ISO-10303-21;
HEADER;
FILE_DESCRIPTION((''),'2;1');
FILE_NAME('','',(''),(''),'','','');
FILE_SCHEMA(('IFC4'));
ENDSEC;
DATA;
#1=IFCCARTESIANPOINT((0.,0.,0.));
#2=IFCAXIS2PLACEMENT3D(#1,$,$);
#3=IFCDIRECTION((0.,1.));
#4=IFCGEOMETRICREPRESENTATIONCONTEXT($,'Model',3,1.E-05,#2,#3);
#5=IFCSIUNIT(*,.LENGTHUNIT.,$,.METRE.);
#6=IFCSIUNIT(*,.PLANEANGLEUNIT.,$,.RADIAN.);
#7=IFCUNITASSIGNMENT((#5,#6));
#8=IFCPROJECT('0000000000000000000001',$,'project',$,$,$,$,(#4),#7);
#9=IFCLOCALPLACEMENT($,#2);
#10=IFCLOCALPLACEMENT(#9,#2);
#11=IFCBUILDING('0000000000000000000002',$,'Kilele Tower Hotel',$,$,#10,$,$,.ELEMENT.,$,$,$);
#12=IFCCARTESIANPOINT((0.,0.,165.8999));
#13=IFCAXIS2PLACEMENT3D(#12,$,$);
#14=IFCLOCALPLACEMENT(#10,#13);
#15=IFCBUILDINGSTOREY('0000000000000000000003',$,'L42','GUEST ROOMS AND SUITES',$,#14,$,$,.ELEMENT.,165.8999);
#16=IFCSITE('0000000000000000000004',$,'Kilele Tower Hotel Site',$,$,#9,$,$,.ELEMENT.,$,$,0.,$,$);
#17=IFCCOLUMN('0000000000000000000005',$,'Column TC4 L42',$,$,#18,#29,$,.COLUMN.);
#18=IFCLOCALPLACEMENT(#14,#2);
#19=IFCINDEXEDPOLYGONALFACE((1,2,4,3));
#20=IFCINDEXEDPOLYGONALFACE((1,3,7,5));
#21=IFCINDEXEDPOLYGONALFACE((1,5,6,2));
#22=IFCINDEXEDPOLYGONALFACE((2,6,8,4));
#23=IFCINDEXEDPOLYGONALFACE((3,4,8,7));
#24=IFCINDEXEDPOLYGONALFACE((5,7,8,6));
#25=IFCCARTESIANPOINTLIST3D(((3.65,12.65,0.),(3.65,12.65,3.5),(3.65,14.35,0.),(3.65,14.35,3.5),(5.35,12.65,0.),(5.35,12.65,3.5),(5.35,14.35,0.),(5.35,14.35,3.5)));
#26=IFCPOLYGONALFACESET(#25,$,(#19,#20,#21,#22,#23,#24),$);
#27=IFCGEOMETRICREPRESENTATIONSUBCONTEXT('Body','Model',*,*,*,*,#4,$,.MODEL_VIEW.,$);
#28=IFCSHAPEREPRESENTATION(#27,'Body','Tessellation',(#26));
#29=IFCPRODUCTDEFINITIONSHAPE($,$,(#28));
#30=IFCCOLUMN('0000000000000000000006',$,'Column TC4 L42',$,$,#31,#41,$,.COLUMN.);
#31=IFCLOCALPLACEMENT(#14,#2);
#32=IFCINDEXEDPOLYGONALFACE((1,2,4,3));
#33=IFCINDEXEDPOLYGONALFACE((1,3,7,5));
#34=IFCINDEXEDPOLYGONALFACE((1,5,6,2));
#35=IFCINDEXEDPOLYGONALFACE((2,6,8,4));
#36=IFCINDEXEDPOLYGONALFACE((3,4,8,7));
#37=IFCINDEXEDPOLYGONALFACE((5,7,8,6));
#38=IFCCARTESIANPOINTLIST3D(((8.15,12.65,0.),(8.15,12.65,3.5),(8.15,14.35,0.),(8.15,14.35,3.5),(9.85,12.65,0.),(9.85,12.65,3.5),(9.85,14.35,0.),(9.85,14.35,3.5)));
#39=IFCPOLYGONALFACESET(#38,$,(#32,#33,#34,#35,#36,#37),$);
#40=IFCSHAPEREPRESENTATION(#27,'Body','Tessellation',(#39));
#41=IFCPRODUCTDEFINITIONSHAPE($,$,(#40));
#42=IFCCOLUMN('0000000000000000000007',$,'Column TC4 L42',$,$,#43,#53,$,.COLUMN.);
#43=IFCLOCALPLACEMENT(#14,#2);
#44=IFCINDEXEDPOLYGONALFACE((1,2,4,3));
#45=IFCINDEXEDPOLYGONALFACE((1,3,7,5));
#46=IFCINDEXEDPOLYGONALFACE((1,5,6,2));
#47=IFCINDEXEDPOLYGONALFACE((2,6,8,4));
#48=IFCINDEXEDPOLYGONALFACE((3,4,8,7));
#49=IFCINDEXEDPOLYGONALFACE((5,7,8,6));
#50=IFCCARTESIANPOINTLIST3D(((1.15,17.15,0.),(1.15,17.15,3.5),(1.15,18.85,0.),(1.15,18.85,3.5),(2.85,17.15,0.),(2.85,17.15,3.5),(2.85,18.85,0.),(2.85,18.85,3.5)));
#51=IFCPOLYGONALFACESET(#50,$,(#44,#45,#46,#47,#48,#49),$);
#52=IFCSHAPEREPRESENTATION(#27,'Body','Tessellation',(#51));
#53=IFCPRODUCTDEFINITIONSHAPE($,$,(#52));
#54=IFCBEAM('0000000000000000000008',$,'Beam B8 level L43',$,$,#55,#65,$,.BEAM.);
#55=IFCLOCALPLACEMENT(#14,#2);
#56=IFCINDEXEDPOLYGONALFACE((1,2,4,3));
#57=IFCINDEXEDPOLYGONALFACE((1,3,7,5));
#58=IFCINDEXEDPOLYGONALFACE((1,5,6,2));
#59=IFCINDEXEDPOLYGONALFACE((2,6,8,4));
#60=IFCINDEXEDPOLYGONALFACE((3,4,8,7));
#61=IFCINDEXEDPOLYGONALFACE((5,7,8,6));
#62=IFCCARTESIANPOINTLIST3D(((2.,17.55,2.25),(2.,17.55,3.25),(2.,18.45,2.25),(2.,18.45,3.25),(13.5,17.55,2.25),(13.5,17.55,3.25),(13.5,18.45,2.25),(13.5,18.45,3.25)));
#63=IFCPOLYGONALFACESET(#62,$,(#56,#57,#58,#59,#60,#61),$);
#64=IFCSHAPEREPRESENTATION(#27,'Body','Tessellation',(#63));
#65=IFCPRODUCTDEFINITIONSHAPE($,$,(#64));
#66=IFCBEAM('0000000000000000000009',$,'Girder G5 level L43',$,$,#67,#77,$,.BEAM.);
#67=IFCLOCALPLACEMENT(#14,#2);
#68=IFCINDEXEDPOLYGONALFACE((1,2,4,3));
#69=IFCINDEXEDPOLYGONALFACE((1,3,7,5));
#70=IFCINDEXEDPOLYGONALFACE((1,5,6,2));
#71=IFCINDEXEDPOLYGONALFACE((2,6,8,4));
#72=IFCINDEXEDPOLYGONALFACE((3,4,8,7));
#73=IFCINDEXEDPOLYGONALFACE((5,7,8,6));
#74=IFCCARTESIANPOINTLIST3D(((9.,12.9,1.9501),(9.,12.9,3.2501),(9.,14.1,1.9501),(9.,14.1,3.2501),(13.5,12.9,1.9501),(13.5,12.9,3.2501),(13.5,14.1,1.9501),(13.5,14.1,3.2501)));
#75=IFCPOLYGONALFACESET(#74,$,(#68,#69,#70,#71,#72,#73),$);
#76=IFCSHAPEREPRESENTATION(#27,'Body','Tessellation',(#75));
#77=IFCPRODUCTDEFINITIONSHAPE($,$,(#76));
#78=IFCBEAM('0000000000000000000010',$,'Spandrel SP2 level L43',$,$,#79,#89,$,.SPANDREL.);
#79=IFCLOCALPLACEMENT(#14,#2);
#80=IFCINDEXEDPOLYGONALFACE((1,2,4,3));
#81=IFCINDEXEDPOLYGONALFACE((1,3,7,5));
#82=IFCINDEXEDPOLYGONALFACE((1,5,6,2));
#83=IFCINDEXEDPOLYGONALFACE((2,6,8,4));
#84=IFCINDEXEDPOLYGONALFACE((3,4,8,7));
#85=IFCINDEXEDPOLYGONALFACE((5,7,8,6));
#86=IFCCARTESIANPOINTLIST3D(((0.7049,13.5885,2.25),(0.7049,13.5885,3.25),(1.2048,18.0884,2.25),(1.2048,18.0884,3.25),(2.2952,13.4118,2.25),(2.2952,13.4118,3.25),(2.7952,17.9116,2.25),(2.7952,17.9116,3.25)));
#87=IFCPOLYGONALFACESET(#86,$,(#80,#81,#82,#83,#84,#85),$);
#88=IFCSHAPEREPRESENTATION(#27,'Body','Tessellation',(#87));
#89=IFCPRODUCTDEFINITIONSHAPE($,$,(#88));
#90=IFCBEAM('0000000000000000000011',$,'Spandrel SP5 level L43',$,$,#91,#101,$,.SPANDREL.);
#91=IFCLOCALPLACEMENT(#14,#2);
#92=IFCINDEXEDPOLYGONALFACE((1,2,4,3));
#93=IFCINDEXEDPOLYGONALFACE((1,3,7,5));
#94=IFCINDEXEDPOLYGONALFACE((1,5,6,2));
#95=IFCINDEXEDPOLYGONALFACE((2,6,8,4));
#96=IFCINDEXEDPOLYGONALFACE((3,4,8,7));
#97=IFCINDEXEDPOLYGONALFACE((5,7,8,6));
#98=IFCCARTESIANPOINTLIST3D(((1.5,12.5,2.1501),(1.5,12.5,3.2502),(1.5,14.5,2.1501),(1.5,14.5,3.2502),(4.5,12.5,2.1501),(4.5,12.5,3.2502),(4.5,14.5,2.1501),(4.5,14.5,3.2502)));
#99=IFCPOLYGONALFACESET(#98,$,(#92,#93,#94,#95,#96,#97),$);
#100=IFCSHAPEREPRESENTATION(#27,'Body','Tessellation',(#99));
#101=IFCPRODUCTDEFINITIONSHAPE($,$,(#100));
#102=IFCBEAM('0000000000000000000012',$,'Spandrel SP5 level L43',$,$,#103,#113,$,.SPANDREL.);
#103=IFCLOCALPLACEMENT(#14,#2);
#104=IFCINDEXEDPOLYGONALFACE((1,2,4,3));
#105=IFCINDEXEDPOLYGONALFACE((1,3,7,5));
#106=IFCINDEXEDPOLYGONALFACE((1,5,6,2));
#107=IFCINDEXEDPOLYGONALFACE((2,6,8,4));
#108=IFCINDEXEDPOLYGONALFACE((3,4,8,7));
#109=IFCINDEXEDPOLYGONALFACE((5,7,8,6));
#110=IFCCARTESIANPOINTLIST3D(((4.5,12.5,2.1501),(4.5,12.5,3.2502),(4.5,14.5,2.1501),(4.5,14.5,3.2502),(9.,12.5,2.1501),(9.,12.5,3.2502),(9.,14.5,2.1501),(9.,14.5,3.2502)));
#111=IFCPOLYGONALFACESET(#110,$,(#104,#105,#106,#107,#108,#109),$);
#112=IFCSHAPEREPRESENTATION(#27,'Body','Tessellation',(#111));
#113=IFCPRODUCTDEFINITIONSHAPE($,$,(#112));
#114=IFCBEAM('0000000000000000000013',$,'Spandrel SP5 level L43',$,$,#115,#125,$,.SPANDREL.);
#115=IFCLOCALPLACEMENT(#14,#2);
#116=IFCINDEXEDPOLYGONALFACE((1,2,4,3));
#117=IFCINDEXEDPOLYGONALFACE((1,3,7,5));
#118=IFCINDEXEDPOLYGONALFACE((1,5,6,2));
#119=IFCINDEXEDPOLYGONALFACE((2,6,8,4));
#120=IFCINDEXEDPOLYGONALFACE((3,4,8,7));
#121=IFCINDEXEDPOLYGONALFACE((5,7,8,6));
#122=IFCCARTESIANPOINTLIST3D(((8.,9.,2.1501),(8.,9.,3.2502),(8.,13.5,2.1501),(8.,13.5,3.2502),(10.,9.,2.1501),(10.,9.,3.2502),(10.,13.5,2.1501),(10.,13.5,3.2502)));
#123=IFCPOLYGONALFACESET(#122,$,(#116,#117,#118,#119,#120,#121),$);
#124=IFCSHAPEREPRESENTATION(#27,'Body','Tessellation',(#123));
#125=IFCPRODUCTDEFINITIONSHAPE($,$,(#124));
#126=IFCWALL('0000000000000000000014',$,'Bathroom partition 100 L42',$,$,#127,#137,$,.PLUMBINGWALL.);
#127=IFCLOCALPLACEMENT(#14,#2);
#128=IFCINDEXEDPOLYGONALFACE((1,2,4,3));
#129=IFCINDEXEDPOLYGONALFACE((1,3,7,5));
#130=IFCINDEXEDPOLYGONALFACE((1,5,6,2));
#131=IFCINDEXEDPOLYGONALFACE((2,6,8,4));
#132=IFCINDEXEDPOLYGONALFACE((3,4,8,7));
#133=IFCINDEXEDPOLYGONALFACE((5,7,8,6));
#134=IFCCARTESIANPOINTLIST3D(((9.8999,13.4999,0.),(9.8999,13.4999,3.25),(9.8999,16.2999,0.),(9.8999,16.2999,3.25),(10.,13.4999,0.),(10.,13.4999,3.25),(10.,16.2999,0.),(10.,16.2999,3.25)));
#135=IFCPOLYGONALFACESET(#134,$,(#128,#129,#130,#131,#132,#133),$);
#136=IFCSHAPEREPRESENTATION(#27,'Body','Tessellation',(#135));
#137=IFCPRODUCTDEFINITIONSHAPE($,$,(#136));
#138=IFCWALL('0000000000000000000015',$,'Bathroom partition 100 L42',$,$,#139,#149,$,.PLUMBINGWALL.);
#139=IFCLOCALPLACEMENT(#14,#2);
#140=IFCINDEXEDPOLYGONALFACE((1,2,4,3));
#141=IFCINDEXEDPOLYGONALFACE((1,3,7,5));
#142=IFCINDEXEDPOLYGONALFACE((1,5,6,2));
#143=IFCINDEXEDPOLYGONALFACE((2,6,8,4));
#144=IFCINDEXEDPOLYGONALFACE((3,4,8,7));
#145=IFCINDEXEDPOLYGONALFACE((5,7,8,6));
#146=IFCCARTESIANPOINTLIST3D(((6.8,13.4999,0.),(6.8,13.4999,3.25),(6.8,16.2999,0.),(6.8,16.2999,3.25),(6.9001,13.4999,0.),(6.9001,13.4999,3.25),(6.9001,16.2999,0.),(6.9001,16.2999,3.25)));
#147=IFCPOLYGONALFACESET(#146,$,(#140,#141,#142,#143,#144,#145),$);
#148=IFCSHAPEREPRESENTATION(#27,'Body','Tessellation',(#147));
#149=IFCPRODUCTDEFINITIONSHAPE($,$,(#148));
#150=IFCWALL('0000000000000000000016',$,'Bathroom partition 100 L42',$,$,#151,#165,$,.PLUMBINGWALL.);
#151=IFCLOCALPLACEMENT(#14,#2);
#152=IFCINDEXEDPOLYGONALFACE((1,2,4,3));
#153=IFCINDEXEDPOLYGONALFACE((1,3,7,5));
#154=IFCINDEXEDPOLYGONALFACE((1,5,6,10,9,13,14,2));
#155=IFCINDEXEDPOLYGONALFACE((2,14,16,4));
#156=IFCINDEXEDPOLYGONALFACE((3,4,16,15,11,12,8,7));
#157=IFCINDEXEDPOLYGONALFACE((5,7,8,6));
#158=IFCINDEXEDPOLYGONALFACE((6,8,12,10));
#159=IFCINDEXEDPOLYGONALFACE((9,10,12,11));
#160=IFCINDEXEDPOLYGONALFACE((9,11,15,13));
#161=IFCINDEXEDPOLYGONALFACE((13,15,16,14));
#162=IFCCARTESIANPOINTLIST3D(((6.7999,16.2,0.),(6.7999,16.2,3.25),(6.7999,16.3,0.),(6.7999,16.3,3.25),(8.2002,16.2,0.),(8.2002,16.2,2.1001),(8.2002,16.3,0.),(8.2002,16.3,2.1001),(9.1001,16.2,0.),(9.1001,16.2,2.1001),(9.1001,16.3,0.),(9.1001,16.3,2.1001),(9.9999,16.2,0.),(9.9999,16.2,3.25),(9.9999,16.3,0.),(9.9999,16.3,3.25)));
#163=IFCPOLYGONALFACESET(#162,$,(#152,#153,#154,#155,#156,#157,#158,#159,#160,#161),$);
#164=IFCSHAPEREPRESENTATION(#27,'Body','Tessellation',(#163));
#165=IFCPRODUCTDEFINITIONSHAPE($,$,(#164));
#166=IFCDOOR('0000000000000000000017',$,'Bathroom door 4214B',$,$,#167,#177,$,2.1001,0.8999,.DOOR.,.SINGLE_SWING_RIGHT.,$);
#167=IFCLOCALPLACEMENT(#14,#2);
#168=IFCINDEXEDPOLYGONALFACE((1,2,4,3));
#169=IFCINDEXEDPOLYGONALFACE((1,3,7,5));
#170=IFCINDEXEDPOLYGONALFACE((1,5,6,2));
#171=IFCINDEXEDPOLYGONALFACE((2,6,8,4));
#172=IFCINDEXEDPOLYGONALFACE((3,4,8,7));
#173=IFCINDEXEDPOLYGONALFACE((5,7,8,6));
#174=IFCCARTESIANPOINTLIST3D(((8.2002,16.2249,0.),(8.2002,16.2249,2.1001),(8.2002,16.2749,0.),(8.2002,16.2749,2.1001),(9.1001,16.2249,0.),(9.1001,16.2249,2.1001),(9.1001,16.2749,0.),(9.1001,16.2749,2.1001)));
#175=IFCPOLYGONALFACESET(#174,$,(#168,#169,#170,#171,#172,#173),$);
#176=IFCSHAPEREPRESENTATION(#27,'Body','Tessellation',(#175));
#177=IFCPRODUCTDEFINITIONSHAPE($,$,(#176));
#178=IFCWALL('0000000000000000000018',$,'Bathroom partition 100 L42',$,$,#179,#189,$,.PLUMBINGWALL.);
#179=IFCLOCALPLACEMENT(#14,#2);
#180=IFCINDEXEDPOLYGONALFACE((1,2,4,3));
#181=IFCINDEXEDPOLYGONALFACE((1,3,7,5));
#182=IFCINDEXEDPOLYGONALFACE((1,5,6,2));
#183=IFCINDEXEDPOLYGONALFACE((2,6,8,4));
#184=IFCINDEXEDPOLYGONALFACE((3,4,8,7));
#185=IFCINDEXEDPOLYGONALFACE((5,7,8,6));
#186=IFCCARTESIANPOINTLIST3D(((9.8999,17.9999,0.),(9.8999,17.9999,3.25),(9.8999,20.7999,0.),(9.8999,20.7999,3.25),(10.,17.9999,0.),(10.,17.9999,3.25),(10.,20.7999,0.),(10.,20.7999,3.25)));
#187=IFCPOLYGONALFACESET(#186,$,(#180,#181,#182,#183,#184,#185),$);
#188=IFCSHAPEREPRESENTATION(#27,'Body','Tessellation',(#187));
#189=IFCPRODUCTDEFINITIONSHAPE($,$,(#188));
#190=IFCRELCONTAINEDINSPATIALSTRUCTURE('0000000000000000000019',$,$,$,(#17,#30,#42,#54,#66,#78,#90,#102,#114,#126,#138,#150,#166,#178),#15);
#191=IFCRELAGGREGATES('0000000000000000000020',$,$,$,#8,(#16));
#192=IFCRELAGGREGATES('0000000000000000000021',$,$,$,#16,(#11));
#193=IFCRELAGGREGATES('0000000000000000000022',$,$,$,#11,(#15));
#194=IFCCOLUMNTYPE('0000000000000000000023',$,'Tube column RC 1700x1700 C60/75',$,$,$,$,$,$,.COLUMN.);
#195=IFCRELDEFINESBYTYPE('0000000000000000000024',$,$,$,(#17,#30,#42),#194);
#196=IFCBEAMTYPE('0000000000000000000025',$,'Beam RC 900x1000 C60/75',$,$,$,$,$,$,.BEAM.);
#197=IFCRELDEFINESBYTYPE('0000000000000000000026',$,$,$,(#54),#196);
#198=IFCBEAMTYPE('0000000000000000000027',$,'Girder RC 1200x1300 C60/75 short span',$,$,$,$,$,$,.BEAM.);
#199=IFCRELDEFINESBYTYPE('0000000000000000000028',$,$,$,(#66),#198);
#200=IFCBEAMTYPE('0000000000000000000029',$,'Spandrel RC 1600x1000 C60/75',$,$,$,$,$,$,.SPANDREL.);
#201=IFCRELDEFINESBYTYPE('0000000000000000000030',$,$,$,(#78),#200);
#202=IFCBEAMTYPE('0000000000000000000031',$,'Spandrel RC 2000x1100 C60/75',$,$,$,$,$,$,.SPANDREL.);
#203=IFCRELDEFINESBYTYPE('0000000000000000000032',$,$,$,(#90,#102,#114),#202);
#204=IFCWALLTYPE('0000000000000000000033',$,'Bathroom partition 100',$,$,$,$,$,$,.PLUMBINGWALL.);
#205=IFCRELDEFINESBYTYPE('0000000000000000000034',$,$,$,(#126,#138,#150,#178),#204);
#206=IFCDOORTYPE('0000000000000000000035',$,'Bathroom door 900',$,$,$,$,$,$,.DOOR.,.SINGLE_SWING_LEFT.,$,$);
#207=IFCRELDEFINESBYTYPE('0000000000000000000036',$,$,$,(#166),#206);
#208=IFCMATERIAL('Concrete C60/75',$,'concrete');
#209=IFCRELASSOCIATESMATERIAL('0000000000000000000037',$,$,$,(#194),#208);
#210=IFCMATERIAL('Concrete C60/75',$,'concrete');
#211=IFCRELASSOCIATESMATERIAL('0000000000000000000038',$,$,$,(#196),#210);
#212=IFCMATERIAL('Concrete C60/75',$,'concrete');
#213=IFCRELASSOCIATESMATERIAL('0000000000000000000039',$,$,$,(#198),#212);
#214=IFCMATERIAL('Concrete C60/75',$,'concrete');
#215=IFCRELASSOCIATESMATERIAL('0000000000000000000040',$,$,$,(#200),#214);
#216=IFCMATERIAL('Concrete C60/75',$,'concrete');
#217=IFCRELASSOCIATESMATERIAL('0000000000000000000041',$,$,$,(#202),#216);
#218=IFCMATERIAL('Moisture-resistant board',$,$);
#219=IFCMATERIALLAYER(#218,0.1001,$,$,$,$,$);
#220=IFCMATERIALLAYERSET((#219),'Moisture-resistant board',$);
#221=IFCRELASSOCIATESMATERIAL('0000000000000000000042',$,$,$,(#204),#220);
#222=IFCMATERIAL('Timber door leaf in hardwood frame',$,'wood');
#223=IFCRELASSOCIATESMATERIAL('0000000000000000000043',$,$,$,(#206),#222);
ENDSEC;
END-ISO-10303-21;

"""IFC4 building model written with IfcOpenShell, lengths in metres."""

from ifc_helpers import new_model, si_unit, direction, frame, frame_2d, origin, origin_2d, place, context, subcontext, project, spatial, rectangle, extrude, material, layer, layer_set, material_profile, profile_set, type_object, element, fill, save


model = new_model("IFC4")

# Units and contexts
model_context = context("Model", 3, precision=1e-05, world=origin(), true_north=direction((0.0, 1.0)))
body_context = subcontext(model_context, "Body", "Model", "MODEL_VIEW")
ifc_project = project(units=[si_unit("LENGTHUNIT", "METRE"), si_unit("PLANEANGLEUNIT", "RADIAN")], contexts=[model_context])

# Site, building, storey
site_placement = place(None, origin())
site = spatial("IfcSite", under=ifc_project, at=site_placement, Name="Kilele Tower Hotel Site", CompositionType="ELEMENT", RefElevation=0.0)
building_placement = place(site_placement, origin())
building = spatial("IfcBuilding", under=site, at=building_placement, Name="Kilele Tower Hotel", CompositionType="ELEMENT")
storey_placement = place(building_placement, frame((0.0, 0.0, 165.8999)))
storey = spatial("IfcBuildingStorey", under=building, at=storey_placement, Name="L42", Description="GUEST ROOMS AND SUITES", CompositionType="ELEMENT", Elevation=165.8999)

# Columns
ifc_material_1 = material(Name="Concrete C60/75", Category="concrete")
ifc_material_profile_1 = material_profile(ifc_material_1, rectangle(XDim=1.7, YDim=1.7, at=origin_2d()))
ifc_profile_set_1 = profile_set([ifc_material_profile_1], Name="Concrete C60/75")
column_type = type_object("IfcColumnType", Name="Tube column RC 1700x1700 C60/75", PredefinedType="COLUMN", material=ifc_profile_set_1)
for number, where, z_axis, x_axis, name in (
    (1, (4.5, 13.5, 0.0), (0.0, 0.0, 1.0), (1.0, 0.0, 0.0), "Column TC4 L42"),
    (2, (9.0, 13.5, 0.0), (0.0, 0.0, 1.0), (1.0, 0.0, 0.0), "Column TC4 L42"),
    (3, (2.0, 18.0, 0.0), (0.0, 0.0, 1.0), (1.0, 0.0, 0.0), "Column TC4 L42"),
):
    element("IfcColumn", number, at=place(storey_placement, frame(where, z_axis=z_axis, x_axis=x_axis)), inside=storey, type_object=column_type, Name=name, PredefinedType="COLUMN", context=body_context, shape_type="SweptSolid", body=[
        extrude(rectangle(XDim=1.7, YDim=1.7, at=origin_2d()), origin(), (0.0, 0.0, 1.0), 3.5),
    ])

# Beams
ifc_material_2 = material(Name="Concrete C60/75", Category="concrete")
ifc_material_profile_2 = material_profile(ifc_material_2, rectangle(XDim=0.8999, YDim=1.0, at=origin_2d()))
ifc_profile_set_2 = profile_set([ifc_material_profile_2], Name="Concrete C60/75")
beam_type_1 = type_object("IfcBeamType", Name="Beam RC 900x1000 C60/75", PredefinedType="BEAM", material=ifc_profile_set_2)
beam_1_placement = place(storey_placement, frame((2.0, 18.0, 2.75), z_axis=(1.0, 0.0, 0.0), x_axis=(0.0, 1.0, 0.0)))
element("IfcBeam", 4, at=beam_1_placement, inside=storey, type_object=beam_type_1, Name="Beam B8 level L43", PredefinedType="BEAM", context=body_context, shape_type="SweptSolid", body=[
    extrude(rectangle(XDim=0.8999, YDim=1.0, at=origin_2d()), origin(), (0.0, 0.0, 1.0), 11.5),
])
ifc_material_3 = material(Name="Concrete C60/75", Category="concrete")
ifc_material_profile_3 = material_profile(ifc_material_3, rectangle(XDim=1.2, YDim=1.3, at=origin_2d()))
ifc_profile_set_3 = profile_set([ifc_material_profile_3], Name="Concrete C60/75")
beam_type_2 = type_object("IfcBeamType", Name="Girder RC 1200x1300 C60/75 short span", PredefinedType="BEAM", material=ifc_profile_set_3)
beam_2_placement = place(storey_placement, frame((9.0, 13.5, 2.6001), z_axis=(1.0, 0.0, 0.0), x_axis=(0.0, 1.0, 0.0)))
element("IfcBeam", 5, at=beam_2_placement, inside=storey, type_object=beam_type_2, Name="Girder G5 level L43", PredefinedType="BEAM", context=body_context, shape_type="SweptSolid", body=[
    extrude(rectangle(XDim=1.2, YDim=1.3, at=origin_2d()), origin(), (0.0, 0.0, 1.0), 4.5),
])
ifc_material_4 = material(Name="Concrete C60/75", Category="concrete")
ifc_material_profile_4 = material_profile(ifc_material_4, rectangle(XDim=1.6001, YDim=1.0, at=origin_2d()))
ifc_profile_set_4 = profile_set([ifc_material_profile_4], Name="Concrete C60/75")
beam_type_3 = type_object("IfcBeamType", Name="Spandrel RC 1600x1000 C60/75", PredefinedType="SPANDREL", material=ifc_profile_set_4)
beam_3_placement = place(storey_placement, frame((2.0, 18.0, 2.75), z_axis=(-0.110432, -0.993884, 0.0), x_axis=(0.993884, -0.110432, 0.0)))
element("IfcBeam", 6, at=beam_3_placement, inside=storey, type_object=beam_type_3, Name="Spandrel SP2 level L43", PredefinedType="SPANDREL", context=body_context, shape_type="SweptSolid", body=[
    extrude(rectangle(XDim=1.6001, YDim=1.0, at=origin_2d()), origin(), (0.0, 0.0, 1.0), 4.5276),
])
ifc_material_5 = material(Name="Concrete C60/75", Category="concrete")
ifc_material_profile_5 = material_profile(ifc_material_5, rectangle(XDim=2.0, YDim=1.1001, at=origin_2d()))
ifc_profile_set_5 = profile_set([ifc_material_profile_5], Name="Concrete C60/75")
beam_type_4 = type_object("IfcBeamType", Name="Spandrel RC 2000x1100 C60/75", PredefinedType="SPANDREL", material=ifc_profile_set_5)
beam_4_placement = place(storey_placement, frame((1.5, 13.5, 2.7002), z_axis=(1.0, 0.0, 0.0), x_axis=(0.0, 1.0, 0.0)))
element("IfcBeam", 7, at=beam_4_placement, inside=storey, type_object=beam_type_4, Name="Spandrel SP5 level L43", PredefinedType="SPANDREL", context=body_context, shape_type="SweptSolid", body=[
    extrude(rectangle(XDim=2.0, YDim=1.1001, at=origin_2d()), origin(), (0.0, 0.0, 1.0), 3.0),
])
for number, where, z_axis, x_axis, name in (
    (8, (4.5, 13.5, 2.7002), (1.0, 0.0, 0.0), (0.0, 1.0, 0.0), "Spandrel SP5 level L43"),
    (9, (9.0, 13.5, 2.7002), (0.0, -1.0, 0.0), (1.0, 0.0, 0.0), "Spandrel SP5 level L43"),
):
    element("IfcBeam", number, at=place(storey_placement, frame(where, z_axis=z_axis, x_axis=x_axis)), inside=storey, type_object=beam_type_4, Name=name, PredefinedType="SPANDREL", context=body_context, shape_type="SweptSolid", body=[
        extrude(rectangle(XDim=2.0, YDim=1.1001, at=origin_2d()), origin(), (0.0, 0.0, 1.0), 4.5),
    ])

# Walls
ifc_material_6 = material(Name="Moisture-resistant board")
ifc_layer_1 = layer(ifc_material_6, 0.1001)
ifc_layer_set_1 = layer_set([ifc_layer_1], Name="Moisture-resistant board")
wall_type_1 = type_object("IfcWallType", Name="Bathroom partition 100", PredefinedType="PLUMBINGWALL", material=ifc_layer_set_1)
for number, where, z_axis, x_axis, name in (
    (10, (9.95, 13.5, 0.0), (0.0, 0.0, 1.0), (0.0, 1.0, 0.0), "Bathroom partition 100 L42"),
    (11, (6.8501, 13.5, 0.0), (0.0, 0.0, 1.0), (0.0, 1.0, 0.0), "Bathroom partition 100 L42"),
):
    element("IfcWall", number, at=place(storey_placement, frame(where, z_axis=z_axis, x_axis=x_axis)), inside=storey, type_object=wall_type_1, Name=name, PredefinedType="PLUMBINGWALL", context=body_context, shape_type="SweptSolid", body=[
        extrude(rectangle(XDim=2.8, YDim=0.1001, at=frame_2d((1.3999, 0.0))), origin(), (0.0, 0.0, 1.0), 3.25),
    ])

# Wall, opening, door
wall_1_placement = place(storey_placement, frame((10.0, 16.25, 0.0), z_axis=(0.0, 0.0, 1.0), x_axis=(-1.0, 0.0, 0.0)))
wall_1 = element("IfcWall", 12, at=wall_1_placement, inside=storey, type_object=wall_type_1, Name="Bathroom partition 100 L42", PredefinedType="PLUMBINGWALL", context=body_context, shape_type="SweptSolid", body=[
    extrude(rectangle(XDim=3.2, YDim=0.1001, at=frame_2d((1.6001, 0.0))), origin(), (0.0, 0.0, 1.0), 3.25),
])
opening_1_placement = place(wall_1_placement, frame((1.7998, 0.0, 0.0), z_axis=(0.0, 0.0, 1.0), x_axis=(-1.0, 0.0, 0.0)))
opening_1 = element("IfcOpeningElement", 13, at=opening_1_placement, cuts=wall_1, PredefinedType="OPENING", context=body_context, shape_type="SweptSolid", body=[
    extrude(rectangle(XDim=0.8999, YDim=2.1001, at=frame_2d((0.45, 1.05))), frame((0.0, 0.0601, 0.0), z_axis=(0.0, -1.0, 0.0), x_axis=(1.0, 0.0, 0.0)), (0.0, 0.0, 1.0), 0.1201),
])
ifc_material_7 = material(Name="Timber door leaf in hardwood frame", Category="wood")
door_type = type_object("IfcDoorType", Name="Bathroom door 900", OperationType="SINGLE_SWING_LEFT", PredefinedType="DOOR", material=ifc_material_7)
door_placement = place(opening_1_placement, origin())
door = element("IfcDoor", 14, at=door_placement, inside=storey, type_object=door_type, Name="Bathroom door 4214B", OperationType="SINGLE_SWING_RIGHT", OverallHeight=2.1001, OverallWidth=0.8999, PredefinedType="DOOR", context=body_context, shape_type="SweptSolid", body=[
    extrude(rectangle(XDim=0.8999, YDim=2.1001, at=frame_2d((0.45, 1.05))), frame((0.0, 0.0249, 0.0), z_axis=(0.0, -1.0, 0.0), x_axis=(1.0, 0.0, 0.0)), (0.0, 0.0, 1.0), 0.05),
])
fill(opening_1, door)

# Wall
for number, where, z_axis, x_axis, name in (
    (15, (9.95, 18.0, 0.0), (0.0, 0.0, 1.0), (0.0, 1.0, 0.0), "Bathroom partition 100 L42"),
):
    element("IfcWall", number, at=place(storey_placement, frame(where, z_axis=z_axis, x_axis=x_axis)), inside=storey, type_object=wall_type_1, Name=name, PredefinedType="PLUMBINGWALL", context=body_context, shape_type="SweptSolid", body=[
        extrude(rectangle(XDim=2.8, YDim=0.1001, at=frame_2d((1.3999, 0.0))), origin(), (0.0, 0.0, 1.0), 3.25),
    ])

save(model, "model.ifc")
